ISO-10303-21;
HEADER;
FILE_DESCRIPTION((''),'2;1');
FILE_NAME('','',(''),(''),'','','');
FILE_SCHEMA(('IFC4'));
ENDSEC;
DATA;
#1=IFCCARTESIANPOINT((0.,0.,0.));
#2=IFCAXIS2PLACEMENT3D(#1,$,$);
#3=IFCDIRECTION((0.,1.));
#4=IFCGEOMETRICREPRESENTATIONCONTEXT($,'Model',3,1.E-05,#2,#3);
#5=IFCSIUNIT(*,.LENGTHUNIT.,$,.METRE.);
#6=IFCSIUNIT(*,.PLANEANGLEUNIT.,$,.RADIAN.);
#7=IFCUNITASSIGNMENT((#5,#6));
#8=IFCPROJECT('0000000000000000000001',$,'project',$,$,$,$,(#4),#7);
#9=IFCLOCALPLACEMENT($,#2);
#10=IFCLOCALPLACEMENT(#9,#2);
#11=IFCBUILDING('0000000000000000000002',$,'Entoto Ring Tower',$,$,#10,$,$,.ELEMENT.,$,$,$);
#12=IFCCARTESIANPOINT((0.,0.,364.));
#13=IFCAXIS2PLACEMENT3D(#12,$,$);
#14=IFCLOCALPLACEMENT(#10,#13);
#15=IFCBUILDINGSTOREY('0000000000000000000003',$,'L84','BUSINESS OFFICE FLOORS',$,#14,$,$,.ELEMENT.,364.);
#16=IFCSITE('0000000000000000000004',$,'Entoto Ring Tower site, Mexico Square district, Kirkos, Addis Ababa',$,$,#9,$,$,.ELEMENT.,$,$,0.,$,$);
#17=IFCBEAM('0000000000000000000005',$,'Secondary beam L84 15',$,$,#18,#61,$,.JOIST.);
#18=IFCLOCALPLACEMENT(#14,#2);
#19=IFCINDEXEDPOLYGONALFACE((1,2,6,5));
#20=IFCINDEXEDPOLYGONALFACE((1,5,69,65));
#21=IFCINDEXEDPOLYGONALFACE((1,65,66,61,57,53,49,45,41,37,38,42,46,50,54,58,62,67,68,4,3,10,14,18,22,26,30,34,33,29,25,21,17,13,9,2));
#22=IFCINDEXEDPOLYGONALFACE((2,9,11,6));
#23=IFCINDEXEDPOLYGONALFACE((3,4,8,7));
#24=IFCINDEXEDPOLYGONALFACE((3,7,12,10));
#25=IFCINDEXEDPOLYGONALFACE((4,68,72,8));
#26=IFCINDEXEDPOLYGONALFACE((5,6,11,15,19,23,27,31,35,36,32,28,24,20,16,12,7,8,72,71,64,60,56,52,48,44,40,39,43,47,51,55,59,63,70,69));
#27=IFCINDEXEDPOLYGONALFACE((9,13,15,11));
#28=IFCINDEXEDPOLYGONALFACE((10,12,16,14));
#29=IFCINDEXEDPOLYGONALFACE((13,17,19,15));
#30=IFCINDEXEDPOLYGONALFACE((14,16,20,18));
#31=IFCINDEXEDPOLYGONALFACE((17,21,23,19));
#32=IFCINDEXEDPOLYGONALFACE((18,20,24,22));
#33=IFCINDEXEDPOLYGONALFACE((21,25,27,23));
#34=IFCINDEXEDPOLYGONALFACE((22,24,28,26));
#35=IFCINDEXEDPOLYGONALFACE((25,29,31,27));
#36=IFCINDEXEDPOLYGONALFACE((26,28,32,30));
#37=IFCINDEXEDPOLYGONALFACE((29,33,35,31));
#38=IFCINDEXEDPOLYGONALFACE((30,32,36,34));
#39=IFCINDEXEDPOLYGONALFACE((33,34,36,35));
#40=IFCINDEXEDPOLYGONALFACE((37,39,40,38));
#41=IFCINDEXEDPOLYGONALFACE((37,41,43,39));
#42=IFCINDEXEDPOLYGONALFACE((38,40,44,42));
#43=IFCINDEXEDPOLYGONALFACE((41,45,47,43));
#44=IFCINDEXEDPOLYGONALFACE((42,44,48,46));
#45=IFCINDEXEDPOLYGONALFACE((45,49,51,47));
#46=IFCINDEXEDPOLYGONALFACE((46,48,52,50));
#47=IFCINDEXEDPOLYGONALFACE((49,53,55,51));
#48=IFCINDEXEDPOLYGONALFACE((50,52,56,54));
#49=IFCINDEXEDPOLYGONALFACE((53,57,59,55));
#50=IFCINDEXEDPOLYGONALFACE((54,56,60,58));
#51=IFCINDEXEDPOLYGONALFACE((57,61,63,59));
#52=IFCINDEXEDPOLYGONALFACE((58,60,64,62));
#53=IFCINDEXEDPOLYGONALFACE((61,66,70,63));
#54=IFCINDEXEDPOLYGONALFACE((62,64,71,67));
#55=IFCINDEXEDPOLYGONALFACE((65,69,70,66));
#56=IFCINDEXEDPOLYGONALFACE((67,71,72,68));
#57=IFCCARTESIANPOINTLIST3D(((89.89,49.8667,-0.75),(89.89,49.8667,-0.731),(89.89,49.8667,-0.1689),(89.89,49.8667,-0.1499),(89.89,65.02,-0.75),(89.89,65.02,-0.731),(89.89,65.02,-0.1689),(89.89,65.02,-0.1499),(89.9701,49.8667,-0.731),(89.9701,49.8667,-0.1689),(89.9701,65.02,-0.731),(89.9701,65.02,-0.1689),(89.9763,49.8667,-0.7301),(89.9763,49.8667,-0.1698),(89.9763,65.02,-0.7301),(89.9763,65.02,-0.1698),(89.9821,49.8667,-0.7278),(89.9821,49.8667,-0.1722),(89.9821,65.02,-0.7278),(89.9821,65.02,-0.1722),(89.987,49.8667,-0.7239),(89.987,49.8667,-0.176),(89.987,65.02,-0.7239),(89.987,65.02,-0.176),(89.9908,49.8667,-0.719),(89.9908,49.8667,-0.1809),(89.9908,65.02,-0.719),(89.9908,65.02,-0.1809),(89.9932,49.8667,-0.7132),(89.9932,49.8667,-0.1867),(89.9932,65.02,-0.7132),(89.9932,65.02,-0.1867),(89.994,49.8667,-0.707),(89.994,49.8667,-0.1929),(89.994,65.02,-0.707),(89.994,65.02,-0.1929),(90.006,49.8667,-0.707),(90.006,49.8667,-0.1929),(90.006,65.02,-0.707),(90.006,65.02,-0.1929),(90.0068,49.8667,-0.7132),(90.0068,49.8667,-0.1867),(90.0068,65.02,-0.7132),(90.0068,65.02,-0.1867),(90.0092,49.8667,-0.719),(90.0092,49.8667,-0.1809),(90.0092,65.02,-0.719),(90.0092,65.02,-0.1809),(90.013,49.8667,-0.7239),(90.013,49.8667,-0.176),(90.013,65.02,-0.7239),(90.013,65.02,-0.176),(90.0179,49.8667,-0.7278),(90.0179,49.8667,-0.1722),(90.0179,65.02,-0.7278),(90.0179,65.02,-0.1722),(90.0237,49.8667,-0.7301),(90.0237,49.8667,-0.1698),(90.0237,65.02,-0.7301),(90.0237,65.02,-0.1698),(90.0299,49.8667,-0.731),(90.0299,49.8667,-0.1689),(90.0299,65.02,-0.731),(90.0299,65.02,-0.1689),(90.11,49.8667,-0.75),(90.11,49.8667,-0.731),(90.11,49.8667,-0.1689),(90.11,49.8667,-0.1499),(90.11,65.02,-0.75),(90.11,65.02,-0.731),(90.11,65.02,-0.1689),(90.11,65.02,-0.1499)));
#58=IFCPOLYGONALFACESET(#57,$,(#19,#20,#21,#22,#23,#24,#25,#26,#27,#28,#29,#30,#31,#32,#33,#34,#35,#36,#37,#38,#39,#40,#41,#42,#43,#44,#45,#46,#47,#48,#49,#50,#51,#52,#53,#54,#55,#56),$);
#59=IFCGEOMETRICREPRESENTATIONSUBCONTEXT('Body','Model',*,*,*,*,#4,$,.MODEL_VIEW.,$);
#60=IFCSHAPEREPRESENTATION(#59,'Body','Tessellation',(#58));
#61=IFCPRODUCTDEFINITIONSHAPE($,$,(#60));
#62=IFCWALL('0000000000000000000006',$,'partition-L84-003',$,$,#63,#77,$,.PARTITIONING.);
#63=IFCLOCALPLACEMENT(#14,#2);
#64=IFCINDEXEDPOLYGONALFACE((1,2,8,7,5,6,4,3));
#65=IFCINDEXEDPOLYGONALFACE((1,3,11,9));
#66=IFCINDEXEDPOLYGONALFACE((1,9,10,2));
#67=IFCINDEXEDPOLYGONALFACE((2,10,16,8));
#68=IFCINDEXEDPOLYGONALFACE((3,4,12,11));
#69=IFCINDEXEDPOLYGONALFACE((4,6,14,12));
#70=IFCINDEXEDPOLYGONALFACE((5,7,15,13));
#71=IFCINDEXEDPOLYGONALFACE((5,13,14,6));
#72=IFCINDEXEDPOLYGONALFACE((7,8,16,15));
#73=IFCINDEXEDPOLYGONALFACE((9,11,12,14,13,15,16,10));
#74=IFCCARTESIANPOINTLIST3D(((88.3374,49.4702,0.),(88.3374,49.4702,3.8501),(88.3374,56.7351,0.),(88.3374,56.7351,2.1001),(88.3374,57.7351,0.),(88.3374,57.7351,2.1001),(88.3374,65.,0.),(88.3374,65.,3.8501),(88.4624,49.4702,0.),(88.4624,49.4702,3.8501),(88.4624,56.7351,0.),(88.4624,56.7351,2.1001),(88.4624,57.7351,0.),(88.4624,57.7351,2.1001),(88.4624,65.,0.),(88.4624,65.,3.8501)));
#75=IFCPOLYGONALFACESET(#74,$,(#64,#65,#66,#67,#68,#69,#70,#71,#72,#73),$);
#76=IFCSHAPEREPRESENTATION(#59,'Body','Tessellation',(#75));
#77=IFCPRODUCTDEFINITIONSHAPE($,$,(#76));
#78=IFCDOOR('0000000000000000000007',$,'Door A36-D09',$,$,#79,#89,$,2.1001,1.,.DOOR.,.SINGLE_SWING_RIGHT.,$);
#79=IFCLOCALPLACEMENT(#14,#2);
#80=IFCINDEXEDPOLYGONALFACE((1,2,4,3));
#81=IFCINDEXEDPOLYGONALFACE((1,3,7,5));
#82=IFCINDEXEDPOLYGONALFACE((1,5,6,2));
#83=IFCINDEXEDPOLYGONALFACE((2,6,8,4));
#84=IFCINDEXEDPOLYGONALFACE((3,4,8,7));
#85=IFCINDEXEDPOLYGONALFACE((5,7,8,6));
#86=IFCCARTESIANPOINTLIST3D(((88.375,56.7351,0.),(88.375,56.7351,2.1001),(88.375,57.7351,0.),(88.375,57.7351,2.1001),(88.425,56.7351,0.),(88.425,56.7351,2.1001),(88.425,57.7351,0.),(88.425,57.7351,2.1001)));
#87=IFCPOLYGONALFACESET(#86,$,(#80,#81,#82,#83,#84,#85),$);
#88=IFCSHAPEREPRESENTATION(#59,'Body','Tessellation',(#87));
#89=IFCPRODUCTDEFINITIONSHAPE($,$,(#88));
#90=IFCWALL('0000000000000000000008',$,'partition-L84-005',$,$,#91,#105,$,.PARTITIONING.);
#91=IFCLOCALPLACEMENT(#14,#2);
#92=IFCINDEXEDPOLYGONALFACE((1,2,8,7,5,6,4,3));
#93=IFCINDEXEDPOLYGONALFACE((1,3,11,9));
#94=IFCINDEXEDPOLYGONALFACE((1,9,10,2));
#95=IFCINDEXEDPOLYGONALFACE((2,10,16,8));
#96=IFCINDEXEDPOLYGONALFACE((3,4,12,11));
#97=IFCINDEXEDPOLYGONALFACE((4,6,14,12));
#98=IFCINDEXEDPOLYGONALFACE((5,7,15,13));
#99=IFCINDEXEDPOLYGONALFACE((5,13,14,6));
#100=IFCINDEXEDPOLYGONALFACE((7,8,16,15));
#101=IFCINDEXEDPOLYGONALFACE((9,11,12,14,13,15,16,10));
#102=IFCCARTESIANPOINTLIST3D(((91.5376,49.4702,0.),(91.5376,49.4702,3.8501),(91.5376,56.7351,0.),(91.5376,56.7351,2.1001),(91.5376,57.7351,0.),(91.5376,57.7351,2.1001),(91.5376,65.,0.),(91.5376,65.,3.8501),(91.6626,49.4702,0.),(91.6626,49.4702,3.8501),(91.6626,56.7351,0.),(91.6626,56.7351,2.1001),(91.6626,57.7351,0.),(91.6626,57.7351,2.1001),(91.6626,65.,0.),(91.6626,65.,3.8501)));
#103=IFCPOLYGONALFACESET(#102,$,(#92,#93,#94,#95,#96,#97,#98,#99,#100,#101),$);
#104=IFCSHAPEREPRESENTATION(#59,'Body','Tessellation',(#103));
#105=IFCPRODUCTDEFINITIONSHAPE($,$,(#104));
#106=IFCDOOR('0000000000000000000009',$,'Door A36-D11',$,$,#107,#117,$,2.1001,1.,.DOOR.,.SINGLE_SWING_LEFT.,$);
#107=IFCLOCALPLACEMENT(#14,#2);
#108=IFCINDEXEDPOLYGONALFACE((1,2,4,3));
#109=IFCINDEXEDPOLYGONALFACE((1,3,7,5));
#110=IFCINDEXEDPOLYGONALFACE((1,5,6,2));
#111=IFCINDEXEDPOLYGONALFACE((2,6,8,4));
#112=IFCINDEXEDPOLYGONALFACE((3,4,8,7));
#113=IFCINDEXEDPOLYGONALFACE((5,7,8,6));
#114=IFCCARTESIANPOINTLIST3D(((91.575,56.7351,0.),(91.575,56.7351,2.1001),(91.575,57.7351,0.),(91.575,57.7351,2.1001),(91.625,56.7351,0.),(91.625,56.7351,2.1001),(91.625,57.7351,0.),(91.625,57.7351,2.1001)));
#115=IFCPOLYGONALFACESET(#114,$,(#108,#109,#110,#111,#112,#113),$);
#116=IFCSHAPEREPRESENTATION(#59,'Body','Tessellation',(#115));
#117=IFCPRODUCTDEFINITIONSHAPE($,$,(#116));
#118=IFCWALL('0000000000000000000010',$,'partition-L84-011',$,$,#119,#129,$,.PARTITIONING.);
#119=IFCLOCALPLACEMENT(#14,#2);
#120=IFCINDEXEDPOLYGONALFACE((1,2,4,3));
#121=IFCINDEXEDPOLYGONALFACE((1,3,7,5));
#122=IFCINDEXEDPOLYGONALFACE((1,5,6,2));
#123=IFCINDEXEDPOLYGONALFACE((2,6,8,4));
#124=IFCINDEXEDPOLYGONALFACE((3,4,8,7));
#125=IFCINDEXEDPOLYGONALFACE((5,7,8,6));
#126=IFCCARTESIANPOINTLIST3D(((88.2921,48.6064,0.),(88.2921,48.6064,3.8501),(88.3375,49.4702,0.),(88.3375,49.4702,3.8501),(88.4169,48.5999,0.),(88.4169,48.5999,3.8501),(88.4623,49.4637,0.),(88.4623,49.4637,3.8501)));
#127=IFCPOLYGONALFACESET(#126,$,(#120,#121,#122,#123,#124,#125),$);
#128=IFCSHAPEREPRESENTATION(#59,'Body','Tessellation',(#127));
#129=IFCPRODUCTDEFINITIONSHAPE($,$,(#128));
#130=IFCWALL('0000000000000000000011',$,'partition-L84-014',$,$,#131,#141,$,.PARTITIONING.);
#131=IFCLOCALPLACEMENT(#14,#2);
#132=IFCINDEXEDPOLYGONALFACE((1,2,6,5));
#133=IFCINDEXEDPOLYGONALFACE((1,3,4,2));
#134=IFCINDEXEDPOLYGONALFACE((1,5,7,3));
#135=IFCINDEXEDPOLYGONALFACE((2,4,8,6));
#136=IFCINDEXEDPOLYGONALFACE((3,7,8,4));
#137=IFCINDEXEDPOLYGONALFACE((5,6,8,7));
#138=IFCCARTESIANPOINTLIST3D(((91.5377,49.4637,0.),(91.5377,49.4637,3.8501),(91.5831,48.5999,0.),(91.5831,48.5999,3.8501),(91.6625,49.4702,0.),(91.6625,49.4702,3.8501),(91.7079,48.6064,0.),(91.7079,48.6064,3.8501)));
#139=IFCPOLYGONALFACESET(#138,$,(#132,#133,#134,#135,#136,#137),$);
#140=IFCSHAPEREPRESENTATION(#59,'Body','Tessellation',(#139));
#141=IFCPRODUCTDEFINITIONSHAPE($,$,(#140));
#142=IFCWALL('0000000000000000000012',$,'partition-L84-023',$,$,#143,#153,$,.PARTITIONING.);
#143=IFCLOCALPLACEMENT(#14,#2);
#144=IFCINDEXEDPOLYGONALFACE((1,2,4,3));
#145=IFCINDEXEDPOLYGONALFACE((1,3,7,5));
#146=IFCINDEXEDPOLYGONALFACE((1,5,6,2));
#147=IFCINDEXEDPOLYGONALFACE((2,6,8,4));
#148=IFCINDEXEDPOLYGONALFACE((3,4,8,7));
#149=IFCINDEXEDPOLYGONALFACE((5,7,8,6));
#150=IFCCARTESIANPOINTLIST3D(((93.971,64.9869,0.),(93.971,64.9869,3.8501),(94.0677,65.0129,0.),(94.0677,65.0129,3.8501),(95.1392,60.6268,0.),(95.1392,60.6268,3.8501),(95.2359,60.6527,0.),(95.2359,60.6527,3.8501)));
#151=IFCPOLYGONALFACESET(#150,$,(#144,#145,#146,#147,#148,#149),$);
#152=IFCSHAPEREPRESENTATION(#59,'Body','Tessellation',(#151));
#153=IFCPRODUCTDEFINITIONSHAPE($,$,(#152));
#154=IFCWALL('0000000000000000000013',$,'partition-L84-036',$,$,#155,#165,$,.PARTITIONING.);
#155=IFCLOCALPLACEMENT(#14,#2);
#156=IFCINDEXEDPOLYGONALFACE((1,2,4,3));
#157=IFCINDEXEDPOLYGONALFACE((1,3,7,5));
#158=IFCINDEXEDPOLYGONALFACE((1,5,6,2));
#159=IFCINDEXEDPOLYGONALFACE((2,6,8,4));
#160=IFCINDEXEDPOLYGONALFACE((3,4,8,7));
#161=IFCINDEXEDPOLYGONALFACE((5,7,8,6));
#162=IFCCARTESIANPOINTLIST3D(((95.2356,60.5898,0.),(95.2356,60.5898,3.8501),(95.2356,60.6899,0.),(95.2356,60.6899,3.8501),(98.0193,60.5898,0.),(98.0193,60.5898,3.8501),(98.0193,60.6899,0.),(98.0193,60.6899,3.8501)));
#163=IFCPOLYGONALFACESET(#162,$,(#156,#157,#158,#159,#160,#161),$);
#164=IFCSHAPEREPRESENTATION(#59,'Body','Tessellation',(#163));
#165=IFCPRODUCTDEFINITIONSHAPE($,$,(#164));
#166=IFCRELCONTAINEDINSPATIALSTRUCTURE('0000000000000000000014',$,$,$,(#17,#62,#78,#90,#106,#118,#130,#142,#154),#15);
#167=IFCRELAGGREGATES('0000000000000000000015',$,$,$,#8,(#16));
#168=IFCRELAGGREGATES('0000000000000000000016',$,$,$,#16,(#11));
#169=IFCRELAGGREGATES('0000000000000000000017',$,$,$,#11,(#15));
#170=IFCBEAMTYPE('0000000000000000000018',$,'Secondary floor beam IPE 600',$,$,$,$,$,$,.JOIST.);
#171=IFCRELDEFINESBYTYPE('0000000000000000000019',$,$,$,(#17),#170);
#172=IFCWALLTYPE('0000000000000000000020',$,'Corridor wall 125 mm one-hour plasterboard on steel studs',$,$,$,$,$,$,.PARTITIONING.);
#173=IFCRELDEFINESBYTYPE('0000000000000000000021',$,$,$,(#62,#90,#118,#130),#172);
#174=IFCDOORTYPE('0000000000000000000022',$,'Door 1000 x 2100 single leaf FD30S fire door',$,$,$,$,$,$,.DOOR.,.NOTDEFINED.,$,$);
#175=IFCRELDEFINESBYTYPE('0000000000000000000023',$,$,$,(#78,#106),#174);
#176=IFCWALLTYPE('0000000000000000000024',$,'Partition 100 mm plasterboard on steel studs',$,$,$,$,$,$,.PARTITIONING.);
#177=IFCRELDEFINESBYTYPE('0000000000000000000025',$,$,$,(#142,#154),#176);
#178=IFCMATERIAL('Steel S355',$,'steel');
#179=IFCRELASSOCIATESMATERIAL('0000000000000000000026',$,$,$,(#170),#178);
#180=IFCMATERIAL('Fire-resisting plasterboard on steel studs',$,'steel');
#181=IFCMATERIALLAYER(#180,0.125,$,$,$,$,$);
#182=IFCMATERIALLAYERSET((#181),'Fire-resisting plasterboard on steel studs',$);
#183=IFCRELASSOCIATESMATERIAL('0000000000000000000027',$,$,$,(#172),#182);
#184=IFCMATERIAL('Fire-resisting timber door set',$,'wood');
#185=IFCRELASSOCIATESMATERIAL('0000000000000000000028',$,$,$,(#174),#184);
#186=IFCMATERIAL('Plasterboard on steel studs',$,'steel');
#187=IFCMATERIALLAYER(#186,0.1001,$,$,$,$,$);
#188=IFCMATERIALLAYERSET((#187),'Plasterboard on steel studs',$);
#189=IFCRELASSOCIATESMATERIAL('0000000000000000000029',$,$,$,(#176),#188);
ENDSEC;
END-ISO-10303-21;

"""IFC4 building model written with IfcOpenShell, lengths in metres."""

from ifc_helpers import new_model, si_unit, direction, frame, frame_2d, origin, origin_2d, place, context, subcontext, project, spatial, rectangle, i_section, extrude, material, layer, layer_set, material_profile, profile_set, type_object, element, fill, save


model = new_model("IFC4")

# Units and contexts
model_context = context("Model", 3, precision=1e-05, world=origin(), true_north=direction((0.0, 1.0)))
body_context = subcontext(model_context, "Body", "Model", "MODEL_VIEW")
ifc_project = project(units=[si_unit("LENGTHUNIT", "METRE"), si_unit("PLANEANGLEUNIT", "RADIAN")], contexts=[model_context])

# Site, building, storey
site_placement = place(None, origin())
site = spatial("IfcSite", under=ifc_project, at=site_placement, Name="Entoto Ring Tower site, Mexico Square district, Kirkos, Addis Ababa", CompositionType="ELEMENT", RefElevation=0.0)
building_placement = place(site_placement, origin())
building = spatial("IfcBuilding", under=site, at=building_placement, Name="Entoto Ring Tower", CompositionType="ELEMENT")
storey_placement = place(building_placement, frame((0.0, 0.0, 364.0)))
storey = spatial("IfcBuildingStorey", under=building, at=storey_placement, Name="L84", Description="BUSINESS OFFICE FLOORS", CompositionType="ELEMENT", Elevation=364.0)

# Beam
ifc_material_1 = material(Name="Steel S355", Category="steel")
ifc_material_profile_1 = material_profile(ifc_material_1, i_section(OverallWidth=0.22, OverallDepth=0.6001, WebThickness=0.012, FlangeThickness=0.019, FilletRadius=0.0239, at=origin_2d()), Name="IPE 600")
ifc_profile_set_1 = profile_set([ifc_material_profile_1], Name="Steel S355")
beam_type_1 = type_object("IfcBeamType", Name="Secondary floor beam IPE 600", PredefinedType="JOIST", material=ifc_profile_set_1)
beam_1_placement = place(storey_placement, frame((90.0, 65.02, -0.45), z_axis=(0.0, -1.0, 0.0), x_axis=(1.0, 0.0, 0.0)))
element("IfcBeam", 1, at=beam_1_placement, inside=storey, type_object=beam_type_1, Name="Secondary beam L84 15", PredefinedType="JOIST", context=body_context, shape_type="SweptSolid", body=[
    extrude(i_section(OverallWidth=0.22, OverallDepth=0.6001, WebThickness=0.012, FlangeThickness=0.019, FilletRadius=0.0239, at=origin_2d()), origin(), (0.0, 0.0, 1.0), 15.1533),
])

# Walls, openings, doors
ifc_material_2 = material(Name="Fire-resisting plasterboard on steel studs", Category="steel")
ifc_layer_1 = layer(ifc_material_2, 0.125)
ifc_layer_set_1 = layer_set([ifc_layer_1], Name="Fire-resisting plasterboard on steel studs")
wall_type_1 = type_object("IfcWallType", Name="Corridor wall 125 mm one-hour plasterboard on steel studs", PredefinedType="PARTITIONING", material=ifc_layer_set_1)
wall_1_placement = place(storey_placement, frame((88.3999, 49.4702, 0.0), z_axis=(0.0, 0.0, 1.0), x_axis=(0.0, 1.0, 0.0)))
wall_1 = element("IfcWall", 2, at=wall_1_placement, inside=storey, type_object=wall_type_1, Name="partition-L84-003", PredefinedType="PARTITIONING", context=body_context, shape_type="SweptSolid", body=[
    extrude(rectangle(XDim=15.5298, YDim=0.125, at=frame_2d((7.7649, 0.0))), origin(), (0.0, 0.0, 1.0), 3.8501),
])
opening_1_placement = place(wall_1_placement, frame((7.2649, 0.0, 0.0)))
opening_1 = element("IfcOpeningElement", 3, at=opening_1_placement, cuts=wall_1, PredefinedType="OPENING", context=body_context, shape_type="SweptSolid", body=[
    extrude(rectangle(XDim=1.0, YDim=2.1001, at=frame_2d((0.5, 1.05))), frame((0.0, 0.0725, 0.0), z_axis=(0.0, -1.0, 0.0), x_axis=(1.0, 0.0, 0.0)), (0.0, 0.0, 1.0), 0.145),
])
ifc_material_3 = material(Name="Fire-resisting timber door set", Category="wood")
door_type = type_object("IfcDoorType", Name="Door 1000 x 2100 single leaf FD30S fire door", OperationType="NOTDEFINED", PredefinedType="DOOR", material=ifc_material_3)
door_1_placement = place(opening_1_placement, origin())
door_1 = element("IfcDoor", 4, at=door_1_placement, inside=storey, type_object=door_type, Name="Door A36-D09", OperationType="SINGLE_SWING_RIGHT", OverallHeight=2.1001, OverallWidth=1.0, PredefinedType="DOOR", context=body_context, shape_type="SweptSolid", body=[
    extrude(rectangle(XDim=1.0, YDim=2.1001, at=frame_2d((0.5, 1.05))), frame((0.0, 0.0249, 0.0), z_axis=(0.0, -1.0, 0.0), x_axis=(1.0, 0.0, 0.0)), (0.0, 0.0, 1.0), 0.05),
])
fill(opening_1, door_1)
wall_2_placement = place(storey_placement, frame((91.6001, 49.4702, 0.0), z_axis=(0.0, 0.0, 1.0), x_axis=(0.0, 1.0, 0.0)))
wall_2 = element("IfcWall", 5, at=wall_2_placement, inside=storey, type_object=wall_type_1, Name="partition-L84-005", PredefinedType="PARTITIONING", context=body_context, shape_type="SweptSolid", body=[
    extrude(rectangle(XDim=15.5298, YDim=0.125, at=frame_2d((7.7649, 0.0))), origin(), (0.0, 0.0, 1.0), 3.8501),
])
opening_2_placement = place(wall_2_placement, frame((7.2649, 0.0, 0.0)))
opening_2 = element("IfcOpeningElement", 6, at=opening_2_placement, cuts=wall_2, PredefinedType="OPENING", context=body_context, shape_type="SweptSolid", body=[
    extrude(rectangle(XDim=1.0, YDim=2.1001, at=frame_2d((0.5, 1.05))), frame((0.0, 0.0725, 0.0), z_axis=(0.0, -1.0, 0.0), x_axis=(1.0, 0.0, 0.0)), (0.0, 0.0, 1.0), 0.145),
])
door_2_placement = place(opening_2_placement, frame((1.0, 0.0, 0.0), z_axis=(0.0, 0.0, 1.0), x_axis=(-1.0, 0.0, 0.0)))
door_2 = element("IfcDoor", 7, at=door_2_placement, inside=storey, type_object=door_type, Name="Door A36-D11", OperationType="SINGLE_SWING_LEFT", OverallHeight=2.1001, OverallWidth=1.0, PredefinedType="DOOR", context=body_context, shape_type="SweptSolid", body=[
    extrude(rectangle(XDim=1.0, YDim=2.1001, at=frame_2d((0.5, 1.05))), frame((0.0, 0.0249, 0.0), z_axis=(0.0, -1.0, 0.0), x_axis=(1.0, 0.0, 0.0)), (0.0, 0.0, 1.0), 0.05),
])
fill(opening_2, door_2)

# Walls
for number, where, z_axis, x_axis, name in (
    (8, (88.3545, 48.603, 0.0), (0.0, 0.0, 1.0), (0.0525, 0.998621, 0.0), "partition-L84-011"),
    (9, (91.6455, 48.603, 0.0), (0.0, 0.0, 1.0), (-0.0525, 0.998621, 0.0), "partition-L84-014"),
):
    element("IfcWall", number, at=place(storey_placement, frame(where, z_axis=z_axis, x_axis=x_axis)), inside=storey, type_object=wall_type_1, Name=name, PredefinedType="PARTITIONING", context=body_context, shape_type="SweptSolid", body=[
        extrude(rectangle(XDim=0.865, YDim=0.125, at=frame_2d((0.4326, 0.0))), origin(), (0.0, 0.0, 1.0), 3.8501),
    ])
ifc_material_4 = material(Name="Plasterboard on steel studs", Category="steel")
ifc_layer_2 = layer(ifc_material_4, 0.1001)
ifc_layer_set_2 = layer_set([ifc_layer_2], Name="Plasterboard on steel studs")
wall_type_2 = type_object("IfcWallType", Name="Partition 100 mm plasterboard on steel studs", PredefinedType="PARTITIONING", material=ifc_layer_set_2)
wall_3_placement = place(storey_placement, frame((95.1875, 60.6399, 0.0), z_axis=(0.0, 0.0, 1.0), x_axis=(-0.258804, 0.96593, 0.0)))
element("IfcWall", 10, at=wall_3_placement, inside=storey, type_object=wall_type_2, Name="partition-L84-023", PredefinedType="PARTITIONING", context=body_context, shape_type="SweptSolid", body=[
    extrude(rectangle(XDim=4.5139, YDim=0.1001, at=frame_2d((2.2568, 0.0))), origin(), (0.0, 0.0, 1.0), 3.8501),
])
wall_4_placement = place(storey_placement, frame((95.2356, 60.6399, 0.0), z_axis=(0.0, 0.0, 1.0), x_axis=(1.0, 0.0, 0.0)))
element("IfcWall", 11, at=wall_4_placement, inside=storey, type_object=wall_type_2, Name="partition-L84-036", PredefinedType="PARTITIONING", context=body_context, shape_type="SweptSolid", body=[
    extrude(rectangle(XDim=2.7837, YDim=0.1001, at=frame_2d((1.3918, 0.0))), origin(), (0.0, 0.0, 1.0), 3.8501),
])

save(model, "model.ifc")
